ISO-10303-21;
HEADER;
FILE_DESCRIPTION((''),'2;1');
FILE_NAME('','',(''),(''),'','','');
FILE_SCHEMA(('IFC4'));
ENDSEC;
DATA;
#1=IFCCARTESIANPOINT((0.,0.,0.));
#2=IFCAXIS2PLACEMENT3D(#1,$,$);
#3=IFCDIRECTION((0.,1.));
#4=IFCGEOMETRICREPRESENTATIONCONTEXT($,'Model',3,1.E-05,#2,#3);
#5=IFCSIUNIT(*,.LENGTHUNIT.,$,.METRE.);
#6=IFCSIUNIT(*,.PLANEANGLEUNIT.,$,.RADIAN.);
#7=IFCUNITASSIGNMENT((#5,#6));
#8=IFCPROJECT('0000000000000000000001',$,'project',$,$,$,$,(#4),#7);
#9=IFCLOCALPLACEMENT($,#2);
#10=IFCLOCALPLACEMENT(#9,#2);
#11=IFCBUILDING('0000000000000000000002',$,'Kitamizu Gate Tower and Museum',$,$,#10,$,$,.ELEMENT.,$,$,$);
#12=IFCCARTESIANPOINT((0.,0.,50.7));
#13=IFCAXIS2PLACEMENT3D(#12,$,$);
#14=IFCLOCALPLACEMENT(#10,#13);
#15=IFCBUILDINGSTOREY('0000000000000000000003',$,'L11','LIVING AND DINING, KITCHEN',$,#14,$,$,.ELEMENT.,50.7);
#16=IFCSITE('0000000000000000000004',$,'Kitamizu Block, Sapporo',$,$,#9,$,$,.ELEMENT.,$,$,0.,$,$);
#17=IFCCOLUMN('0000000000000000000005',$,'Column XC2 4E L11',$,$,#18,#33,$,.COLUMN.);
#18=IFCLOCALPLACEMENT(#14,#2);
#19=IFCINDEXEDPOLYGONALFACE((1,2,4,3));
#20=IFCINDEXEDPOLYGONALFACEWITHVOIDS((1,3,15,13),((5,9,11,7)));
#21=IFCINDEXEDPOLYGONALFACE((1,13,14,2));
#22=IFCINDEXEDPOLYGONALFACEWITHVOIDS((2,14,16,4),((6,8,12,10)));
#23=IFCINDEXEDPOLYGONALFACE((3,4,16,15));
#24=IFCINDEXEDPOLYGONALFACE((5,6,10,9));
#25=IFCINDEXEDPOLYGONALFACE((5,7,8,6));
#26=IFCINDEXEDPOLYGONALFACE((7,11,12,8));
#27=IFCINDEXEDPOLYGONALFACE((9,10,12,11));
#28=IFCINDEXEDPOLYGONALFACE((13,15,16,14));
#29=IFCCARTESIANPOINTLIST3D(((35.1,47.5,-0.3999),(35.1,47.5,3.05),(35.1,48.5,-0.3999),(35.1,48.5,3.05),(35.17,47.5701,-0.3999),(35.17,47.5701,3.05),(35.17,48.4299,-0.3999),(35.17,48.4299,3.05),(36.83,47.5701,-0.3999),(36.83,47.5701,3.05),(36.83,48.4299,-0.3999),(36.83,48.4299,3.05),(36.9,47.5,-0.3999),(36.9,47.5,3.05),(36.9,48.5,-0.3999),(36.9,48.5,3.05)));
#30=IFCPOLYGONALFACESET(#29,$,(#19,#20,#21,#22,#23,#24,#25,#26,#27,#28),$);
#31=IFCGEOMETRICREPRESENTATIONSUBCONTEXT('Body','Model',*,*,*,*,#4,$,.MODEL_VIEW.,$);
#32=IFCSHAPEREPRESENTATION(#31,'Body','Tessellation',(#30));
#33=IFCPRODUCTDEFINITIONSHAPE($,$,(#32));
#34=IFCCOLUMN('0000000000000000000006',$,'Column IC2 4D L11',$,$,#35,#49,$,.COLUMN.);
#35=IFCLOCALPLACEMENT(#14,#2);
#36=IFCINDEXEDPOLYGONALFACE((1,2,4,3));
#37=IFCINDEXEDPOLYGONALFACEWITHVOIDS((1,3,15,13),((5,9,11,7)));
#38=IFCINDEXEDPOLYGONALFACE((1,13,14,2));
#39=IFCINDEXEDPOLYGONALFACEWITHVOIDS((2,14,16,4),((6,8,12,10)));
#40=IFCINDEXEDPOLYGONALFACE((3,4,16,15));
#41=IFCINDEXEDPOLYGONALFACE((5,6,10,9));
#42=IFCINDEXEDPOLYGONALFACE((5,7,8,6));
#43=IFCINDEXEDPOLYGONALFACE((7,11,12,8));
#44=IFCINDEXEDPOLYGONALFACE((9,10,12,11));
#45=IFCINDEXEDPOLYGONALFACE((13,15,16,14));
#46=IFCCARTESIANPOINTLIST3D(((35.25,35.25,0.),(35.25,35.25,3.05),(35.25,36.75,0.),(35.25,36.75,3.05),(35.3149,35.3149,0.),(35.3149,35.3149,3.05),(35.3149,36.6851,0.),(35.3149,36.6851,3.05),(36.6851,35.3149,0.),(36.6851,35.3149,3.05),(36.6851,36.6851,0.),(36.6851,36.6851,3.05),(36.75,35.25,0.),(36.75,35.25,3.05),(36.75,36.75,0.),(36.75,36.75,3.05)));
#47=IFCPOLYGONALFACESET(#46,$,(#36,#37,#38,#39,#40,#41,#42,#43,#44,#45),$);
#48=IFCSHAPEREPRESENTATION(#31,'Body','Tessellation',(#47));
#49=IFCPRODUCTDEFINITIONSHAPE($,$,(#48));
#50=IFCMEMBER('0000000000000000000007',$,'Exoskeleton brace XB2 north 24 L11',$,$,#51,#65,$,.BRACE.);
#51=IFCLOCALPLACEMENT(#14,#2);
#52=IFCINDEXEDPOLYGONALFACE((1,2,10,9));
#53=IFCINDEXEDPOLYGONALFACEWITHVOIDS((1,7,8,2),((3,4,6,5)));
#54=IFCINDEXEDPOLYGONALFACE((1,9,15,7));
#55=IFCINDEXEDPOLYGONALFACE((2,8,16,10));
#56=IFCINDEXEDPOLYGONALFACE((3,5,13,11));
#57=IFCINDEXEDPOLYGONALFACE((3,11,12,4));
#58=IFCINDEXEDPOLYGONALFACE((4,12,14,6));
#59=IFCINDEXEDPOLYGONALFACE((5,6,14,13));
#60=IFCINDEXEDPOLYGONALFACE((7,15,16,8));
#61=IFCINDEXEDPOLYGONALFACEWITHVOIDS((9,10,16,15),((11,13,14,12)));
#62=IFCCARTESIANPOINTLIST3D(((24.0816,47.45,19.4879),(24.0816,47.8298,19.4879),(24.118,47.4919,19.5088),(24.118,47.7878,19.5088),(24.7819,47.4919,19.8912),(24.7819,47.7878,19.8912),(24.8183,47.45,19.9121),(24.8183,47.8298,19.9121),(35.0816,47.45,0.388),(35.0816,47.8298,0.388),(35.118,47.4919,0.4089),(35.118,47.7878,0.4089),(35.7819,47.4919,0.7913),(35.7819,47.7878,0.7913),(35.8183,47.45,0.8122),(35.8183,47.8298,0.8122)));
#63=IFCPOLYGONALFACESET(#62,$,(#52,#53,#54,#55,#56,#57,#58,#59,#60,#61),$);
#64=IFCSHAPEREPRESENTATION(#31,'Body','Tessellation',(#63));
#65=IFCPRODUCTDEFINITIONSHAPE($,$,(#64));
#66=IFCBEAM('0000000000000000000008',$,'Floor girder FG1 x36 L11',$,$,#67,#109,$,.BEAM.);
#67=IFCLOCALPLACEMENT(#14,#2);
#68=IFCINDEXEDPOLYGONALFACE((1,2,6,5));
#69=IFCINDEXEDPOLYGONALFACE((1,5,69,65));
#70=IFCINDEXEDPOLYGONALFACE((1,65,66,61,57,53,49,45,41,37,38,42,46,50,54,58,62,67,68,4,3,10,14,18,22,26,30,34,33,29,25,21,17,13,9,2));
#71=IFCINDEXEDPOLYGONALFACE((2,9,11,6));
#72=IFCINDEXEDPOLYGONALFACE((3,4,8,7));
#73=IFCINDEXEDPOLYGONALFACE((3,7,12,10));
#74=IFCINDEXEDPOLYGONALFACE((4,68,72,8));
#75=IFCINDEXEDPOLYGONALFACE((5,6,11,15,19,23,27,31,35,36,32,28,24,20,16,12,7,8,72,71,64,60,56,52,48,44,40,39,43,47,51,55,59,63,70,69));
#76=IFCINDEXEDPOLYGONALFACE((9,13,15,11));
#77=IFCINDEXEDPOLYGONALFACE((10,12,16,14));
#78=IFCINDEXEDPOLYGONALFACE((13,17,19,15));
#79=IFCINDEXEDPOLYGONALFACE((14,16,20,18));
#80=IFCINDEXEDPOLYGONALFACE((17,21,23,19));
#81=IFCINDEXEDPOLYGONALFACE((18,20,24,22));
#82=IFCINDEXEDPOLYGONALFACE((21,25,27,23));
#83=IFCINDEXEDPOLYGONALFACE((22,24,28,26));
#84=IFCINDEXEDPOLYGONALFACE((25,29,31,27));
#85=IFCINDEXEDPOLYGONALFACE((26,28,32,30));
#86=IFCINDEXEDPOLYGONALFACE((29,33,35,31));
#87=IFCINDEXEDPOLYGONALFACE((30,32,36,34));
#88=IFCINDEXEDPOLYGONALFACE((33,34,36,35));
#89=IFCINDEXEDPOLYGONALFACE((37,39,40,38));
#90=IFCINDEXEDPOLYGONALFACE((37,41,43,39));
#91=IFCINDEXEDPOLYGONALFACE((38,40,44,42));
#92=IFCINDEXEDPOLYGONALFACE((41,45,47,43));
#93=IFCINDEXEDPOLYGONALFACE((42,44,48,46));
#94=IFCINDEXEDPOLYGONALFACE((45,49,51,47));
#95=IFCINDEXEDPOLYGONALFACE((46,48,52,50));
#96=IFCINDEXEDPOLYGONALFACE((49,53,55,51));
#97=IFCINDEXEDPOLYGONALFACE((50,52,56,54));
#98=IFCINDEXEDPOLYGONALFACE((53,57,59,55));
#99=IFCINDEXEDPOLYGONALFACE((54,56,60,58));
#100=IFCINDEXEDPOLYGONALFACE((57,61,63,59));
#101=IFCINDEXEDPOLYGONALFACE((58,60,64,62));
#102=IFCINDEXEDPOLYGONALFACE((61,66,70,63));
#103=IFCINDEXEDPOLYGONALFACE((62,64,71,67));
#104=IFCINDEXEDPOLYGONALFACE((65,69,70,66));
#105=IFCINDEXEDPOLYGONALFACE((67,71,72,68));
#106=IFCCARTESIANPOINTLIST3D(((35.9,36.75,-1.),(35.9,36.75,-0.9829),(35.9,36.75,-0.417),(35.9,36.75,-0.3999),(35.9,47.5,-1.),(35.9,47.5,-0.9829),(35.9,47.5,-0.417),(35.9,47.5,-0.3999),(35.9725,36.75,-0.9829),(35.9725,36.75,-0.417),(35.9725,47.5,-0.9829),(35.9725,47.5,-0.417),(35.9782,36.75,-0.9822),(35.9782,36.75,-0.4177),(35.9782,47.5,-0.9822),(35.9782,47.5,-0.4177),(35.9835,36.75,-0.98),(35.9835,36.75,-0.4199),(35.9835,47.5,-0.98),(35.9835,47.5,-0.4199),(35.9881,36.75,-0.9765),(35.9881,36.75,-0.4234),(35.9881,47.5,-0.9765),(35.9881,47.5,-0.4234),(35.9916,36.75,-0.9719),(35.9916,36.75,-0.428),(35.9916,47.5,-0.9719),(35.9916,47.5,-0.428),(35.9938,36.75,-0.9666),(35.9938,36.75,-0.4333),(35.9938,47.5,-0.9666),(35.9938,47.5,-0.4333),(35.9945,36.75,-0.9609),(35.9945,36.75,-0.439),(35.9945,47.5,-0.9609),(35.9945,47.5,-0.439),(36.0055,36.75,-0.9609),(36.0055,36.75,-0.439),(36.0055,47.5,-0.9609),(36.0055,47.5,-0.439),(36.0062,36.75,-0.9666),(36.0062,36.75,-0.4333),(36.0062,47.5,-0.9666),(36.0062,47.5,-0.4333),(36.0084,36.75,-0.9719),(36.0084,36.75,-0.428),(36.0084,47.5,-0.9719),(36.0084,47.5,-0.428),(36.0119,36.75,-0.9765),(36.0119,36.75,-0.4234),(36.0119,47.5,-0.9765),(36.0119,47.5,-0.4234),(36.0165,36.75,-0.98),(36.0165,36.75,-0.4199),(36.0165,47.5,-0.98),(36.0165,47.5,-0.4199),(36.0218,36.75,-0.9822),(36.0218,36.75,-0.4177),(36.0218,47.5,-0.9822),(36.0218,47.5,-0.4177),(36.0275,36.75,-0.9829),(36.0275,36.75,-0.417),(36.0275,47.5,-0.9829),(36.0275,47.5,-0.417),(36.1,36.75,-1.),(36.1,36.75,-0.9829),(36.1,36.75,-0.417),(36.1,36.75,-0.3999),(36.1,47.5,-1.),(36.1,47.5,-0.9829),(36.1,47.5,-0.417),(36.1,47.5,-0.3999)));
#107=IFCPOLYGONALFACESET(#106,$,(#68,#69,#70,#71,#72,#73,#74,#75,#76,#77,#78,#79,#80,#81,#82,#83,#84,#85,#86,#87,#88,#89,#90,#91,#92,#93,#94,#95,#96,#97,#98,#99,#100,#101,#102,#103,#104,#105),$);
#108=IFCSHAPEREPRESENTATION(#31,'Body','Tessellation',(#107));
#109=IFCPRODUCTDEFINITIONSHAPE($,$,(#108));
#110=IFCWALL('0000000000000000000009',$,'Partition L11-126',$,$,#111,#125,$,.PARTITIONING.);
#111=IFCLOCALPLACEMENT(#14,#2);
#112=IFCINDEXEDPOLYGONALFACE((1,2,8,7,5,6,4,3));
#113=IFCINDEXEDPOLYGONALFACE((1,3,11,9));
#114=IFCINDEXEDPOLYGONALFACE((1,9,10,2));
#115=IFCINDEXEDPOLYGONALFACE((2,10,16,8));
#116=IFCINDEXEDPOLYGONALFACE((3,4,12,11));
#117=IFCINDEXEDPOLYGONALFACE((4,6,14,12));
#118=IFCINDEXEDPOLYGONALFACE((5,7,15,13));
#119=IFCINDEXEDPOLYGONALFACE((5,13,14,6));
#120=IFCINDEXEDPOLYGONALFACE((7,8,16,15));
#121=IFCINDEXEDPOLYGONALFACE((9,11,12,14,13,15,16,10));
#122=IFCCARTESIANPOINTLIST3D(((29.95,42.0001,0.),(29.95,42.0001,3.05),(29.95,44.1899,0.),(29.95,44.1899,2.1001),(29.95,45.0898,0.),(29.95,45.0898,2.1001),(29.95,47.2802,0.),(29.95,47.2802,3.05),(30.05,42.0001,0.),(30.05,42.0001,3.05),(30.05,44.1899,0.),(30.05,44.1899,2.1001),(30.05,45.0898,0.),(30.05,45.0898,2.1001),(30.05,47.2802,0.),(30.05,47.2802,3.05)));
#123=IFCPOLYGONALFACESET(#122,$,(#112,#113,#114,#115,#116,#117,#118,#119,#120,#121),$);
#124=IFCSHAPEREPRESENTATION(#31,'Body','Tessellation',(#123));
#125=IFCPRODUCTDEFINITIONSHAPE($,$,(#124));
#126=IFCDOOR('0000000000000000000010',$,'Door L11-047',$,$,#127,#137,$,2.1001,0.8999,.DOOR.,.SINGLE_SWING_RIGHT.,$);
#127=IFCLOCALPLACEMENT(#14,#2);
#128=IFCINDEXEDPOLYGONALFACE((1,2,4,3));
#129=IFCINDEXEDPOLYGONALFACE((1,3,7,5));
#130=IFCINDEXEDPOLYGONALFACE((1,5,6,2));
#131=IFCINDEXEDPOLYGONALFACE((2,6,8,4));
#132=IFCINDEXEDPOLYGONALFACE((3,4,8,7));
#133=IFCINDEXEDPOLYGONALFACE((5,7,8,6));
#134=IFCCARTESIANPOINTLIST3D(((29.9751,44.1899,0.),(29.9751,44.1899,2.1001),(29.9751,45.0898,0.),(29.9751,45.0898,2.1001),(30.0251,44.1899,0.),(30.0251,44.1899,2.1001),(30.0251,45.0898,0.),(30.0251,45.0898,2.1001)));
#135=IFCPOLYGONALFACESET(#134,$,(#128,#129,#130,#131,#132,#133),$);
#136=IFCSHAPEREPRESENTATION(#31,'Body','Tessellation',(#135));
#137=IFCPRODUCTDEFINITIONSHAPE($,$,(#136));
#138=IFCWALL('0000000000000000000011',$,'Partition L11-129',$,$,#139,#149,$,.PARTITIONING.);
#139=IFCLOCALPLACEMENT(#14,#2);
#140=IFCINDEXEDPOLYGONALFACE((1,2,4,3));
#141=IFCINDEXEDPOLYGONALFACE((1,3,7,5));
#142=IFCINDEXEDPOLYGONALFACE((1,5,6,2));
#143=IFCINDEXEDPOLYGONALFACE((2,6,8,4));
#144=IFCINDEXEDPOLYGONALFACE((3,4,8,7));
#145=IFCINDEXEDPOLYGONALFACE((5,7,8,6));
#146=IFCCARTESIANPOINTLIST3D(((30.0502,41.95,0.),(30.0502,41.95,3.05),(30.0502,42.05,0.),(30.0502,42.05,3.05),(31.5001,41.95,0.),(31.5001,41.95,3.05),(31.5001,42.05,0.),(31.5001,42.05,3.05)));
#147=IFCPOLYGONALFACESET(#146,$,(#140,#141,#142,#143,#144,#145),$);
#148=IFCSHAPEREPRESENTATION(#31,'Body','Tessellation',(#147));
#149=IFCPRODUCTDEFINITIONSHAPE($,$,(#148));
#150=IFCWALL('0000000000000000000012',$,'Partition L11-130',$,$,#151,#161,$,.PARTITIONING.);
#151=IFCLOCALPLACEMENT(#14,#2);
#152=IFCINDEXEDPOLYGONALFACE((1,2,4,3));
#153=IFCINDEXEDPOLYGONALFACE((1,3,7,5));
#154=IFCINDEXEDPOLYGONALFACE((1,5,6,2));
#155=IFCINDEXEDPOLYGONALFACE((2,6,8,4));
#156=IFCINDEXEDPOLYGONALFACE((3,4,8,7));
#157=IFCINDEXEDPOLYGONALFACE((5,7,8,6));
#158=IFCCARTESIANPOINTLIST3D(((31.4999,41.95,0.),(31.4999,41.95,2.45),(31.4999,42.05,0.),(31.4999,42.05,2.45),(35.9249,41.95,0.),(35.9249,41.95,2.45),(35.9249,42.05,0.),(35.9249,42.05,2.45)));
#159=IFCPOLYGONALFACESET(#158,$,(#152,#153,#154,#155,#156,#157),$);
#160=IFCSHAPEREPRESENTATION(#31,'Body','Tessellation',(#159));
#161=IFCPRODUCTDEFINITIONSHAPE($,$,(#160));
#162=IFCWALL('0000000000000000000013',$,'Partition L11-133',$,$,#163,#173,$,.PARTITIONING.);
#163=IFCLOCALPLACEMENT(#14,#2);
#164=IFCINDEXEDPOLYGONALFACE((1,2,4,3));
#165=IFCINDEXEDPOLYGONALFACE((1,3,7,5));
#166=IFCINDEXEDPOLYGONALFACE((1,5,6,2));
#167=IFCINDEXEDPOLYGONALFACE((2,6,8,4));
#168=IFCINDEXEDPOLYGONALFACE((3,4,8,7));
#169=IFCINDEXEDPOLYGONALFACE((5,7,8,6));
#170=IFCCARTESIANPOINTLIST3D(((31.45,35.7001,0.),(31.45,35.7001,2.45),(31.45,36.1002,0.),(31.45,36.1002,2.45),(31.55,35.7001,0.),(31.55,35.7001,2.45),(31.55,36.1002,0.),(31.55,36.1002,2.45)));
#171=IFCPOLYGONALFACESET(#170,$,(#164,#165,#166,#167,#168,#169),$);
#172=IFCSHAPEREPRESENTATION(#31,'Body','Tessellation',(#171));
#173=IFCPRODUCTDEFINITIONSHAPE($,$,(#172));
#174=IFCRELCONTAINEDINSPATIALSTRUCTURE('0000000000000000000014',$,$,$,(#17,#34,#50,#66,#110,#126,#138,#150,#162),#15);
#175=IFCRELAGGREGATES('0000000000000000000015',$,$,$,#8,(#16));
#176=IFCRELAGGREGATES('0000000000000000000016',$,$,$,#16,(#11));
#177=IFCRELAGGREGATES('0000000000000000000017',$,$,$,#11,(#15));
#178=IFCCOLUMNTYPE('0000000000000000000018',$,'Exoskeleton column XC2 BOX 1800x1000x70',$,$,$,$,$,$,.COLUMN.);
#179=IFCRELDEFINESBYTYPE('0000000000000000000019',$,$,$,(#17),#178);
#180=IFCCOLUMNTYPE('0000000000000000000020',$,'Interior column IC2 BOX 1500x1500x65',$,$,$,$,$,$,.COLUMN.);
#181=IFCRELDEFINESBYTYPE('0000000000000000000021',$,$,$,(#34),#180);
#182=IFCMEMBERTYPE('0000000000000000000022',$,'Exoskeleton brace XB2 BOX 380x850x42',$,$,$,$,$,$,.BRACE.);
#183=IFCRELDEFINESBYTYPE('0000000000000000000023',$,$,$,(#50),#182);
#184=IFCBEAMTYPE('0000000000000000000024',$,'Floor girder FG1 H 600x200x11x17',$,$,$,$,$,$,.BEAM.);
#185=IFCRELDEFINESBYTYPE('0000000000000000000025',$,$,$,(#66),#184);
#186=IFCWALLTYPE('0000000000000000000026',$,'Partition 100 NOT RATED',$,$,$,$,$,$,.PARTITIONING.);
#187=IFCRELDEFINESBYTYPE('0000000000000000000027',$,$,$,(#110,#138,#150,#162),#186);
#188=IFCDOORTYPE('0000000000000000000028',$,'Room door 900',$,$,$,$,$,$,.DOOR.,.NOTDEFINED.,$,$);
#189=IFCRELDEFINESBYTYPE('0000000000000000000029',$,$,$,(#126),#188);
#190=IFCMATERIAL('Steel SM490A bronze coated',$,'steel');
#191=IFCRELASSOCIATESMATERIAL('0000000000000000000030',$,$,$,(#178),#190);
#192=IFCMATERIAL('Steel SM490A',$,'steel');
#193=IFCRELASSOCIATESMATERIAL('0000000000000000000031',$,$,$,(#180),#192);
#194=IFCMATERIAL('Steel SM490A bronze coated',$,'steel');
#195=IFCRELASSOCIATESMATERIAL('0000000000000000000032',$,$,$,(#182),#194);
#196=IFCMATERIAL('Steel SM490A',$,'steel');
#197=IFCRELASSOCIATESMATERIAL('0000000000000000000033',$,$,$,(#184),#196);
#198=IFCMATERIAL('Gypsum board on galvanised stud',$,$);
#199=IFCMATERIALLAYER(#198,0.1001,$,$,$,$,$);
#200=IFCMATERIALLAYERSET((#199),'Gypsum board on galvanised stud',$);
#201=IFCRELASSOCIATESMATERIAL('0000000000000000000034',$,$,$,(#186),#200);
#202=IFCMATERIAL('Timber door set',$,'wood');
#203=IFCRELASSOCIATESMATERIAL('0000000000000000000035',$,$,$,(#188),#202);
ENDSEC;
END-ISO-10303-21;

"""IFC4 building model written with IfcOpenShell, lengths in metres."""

from ifc_helpers import new_model, si_unit, direction, frame, frame_2d, origin, origin_2d, place, context, subcontext, project, spatial, rectangle, hollow_rectangle, i_section, extrude, material, layer, layer_set, material_profile, profile_set, type_object, element, fill, save


model = new_model("IFC4")

# Units and contexts
model_context = context("Model", 3, precision=1e-05, world=origin(), true_north=direction((0.0, 1.0)))
body_context = subcontext(model_context, "Body", "Model", "MODEL_VIEW")
ifc_project = project(units=[si_unit("LENGTHUNIT", "METRE"), si_unit("PLANEANGLEUNIT", "RADIAN")], contexts=[model_context])

# Site, building, storey
site_placement = place(None, origin())
site = spatial("IfcSite", under=ifc_project, at=site_placement, Name="Kitamizu Block, Sapporo", CompositionType="ELEMENT", RefElevation=0.0)
building_placement = place(site_placement, origin())
building = spatial("IfcBuilding", under=site, at=building_placement, Name="Kitamizu Gate Tower and Museum", CompositionType="ELEMENT")
storey_placement = place(building_placement, frame((0.0, 0.0, 50.7)))
storey = spatial("IfcBuildingStorey", under=building, at=storey_placement, Name="L11", Description="LIVING AND DINING, KITCHEN", CompositionType="ELEMENT", Elevation=50.7)

# Columns
ifc_material_1 = material(Name="Steel SM490A bronze coated", Category="steel")
ifc_material_profile_1 = material_profile(ifc_material_1, hollow_rectangle(XDim=1.8, YDim=1.0, WallThickness=0.0701, at=origin_2d()), Name="BOX 1800x1000x70")
ifc_profile_set_1 = profile_set([ifc_material_profile_1], Name="Steel SM490A bronze coated")
column_type_1 = type_object("IfcColumnType", Name="Exoskeleton column XC2 BOX 1800x1000x70", PredefinedType="COLUMN", material=ifc_profile_set_1)
column_1_placement = place(storey_placement, frame((36.0, 48.0, -0.3999), z_axis=(0.0, 0.0, 1.0), x_axis=(1.0, 0.0, 0.0)))
element("IfcColumn", 1, at=column_1_placement, inside=storey, type_object=column_type_1, Name="Column XC2 4E L11", PredefinedType="COLUMN", context=body_context, shape_type="SweptSolid", body=[
    extrude(hollow_rectangle(XDim=1.8, YDim=1.0, WallThickness=0.0701, at=origin_2d()), origin(), (0.0, 0.0, 1.0), 3.45),
])
ifc_material_2 = material(Name="Steel SM490A", Category="steel")
ifc_material_profile_2 = material_profile(ifc_material_2, hollow_rectangle(XDim=1.5, YDim=1.5, WallThickness=0.0649, at=origin_2d()), Name="BOX 1500x1500x65")
ifc_profile_set_2 = profile_set([ifc_material_profile_2], Name="Steel SM490A")
column_type_2 = type_object("IfcColumnType", Name="Interior column IC2 BOX 1500x1500x65", PredefinedType="COLUMN", material=ifc_profile_set_2)
column_2_placement = place(storey_placement, frame((36.0, 36.0, 0.0), z_axis=(0.0, 0.0, 1.0), x_axis=(1.0, 0.0, 0.0)))
element("IfcColumn", 2, at=column_2_placement, inside=storey, type_object=column_type_2, Name="Column IC2 4D L11", PredefinedType="COLUMN", context=body_context, shape_type="SweptSolid", body=[
    extrude(hollow_rectangle(XDim=1.5, YDim=1.5, WallThickness=0.0649, at=origin_2d()), origin(), (0.0, 0.0, 1.0), 3.05),
])

# Member
ifc_material_3 = material(Name="Steel SM490A bronze coated", Category="steel")
ifc_material_profile_3 = material_profile(ifc_material_3, hollow_rectangle(XDim=0.3799, YDim=0.8501, WallThickness=0.042, at=origin_2d()), Name="BOX 380x850x42")
ifc_profile_set_3 = profile_set([ifc_material_profile_3], Name="Steel SM490A bronze coated")
member_type = type_object("IfcMemberType", Name="Exoskeleton brace XB2 BOX 380x850x42", PredefinedType="BRACE", material=ifc_profile_set_3)
member_placement = place(storey_placement, frame((35.45, 47.6399, 0.6001), z_axis=(-0.499071, 0.0, 0.866561), x_axis=(0.0, -1.0, 0.0)))
element("IfcMember", 3, at=member_placement, inside=storey, type_object=member_type, Name="Exoskeleton brace XB2 north 24 L11", PredefinedType="BRACE", context=body_context, shape_type="SweptSolid", body=[
    extrude(hollow_rectangle(XDim=0.3799, YDim=0.8501, WallThickness=0.042, at=origin_2d()), origin(), (0.0, 0.0, 1.0), 22.041),
])

# Beam
ifc_material_4 = material(Name="Steel SM490A", Category="steel")
ifc_material_profile_4 = material_profile(ifc_material_4, i_section(OverallWidth=0.2, OverallDepth=0.6001, WebThickness=0.011, FlangeThickness=0.0171, FilletRadius=0.022, at=origin_2d()), Name="H-600x200x11x17")
ifc_profile_set_4 = profile_set([ifc_material_profile_4], Name="Steel SM490A")
beam_type = type_object("IfcBeamType", Name="Floor girder FG1 H 600x200x11x17", PredefinedType="BEAM", material=ifc_profile_set_4)
beam_placement = place(storey_placement, frame((36.0, 36.75, -0.7), z_axis=(0.0, 1.0, 0.0), x_axis=(-1.0, 0.0, 0.0)))
element("IfcBeam", 4, at=beam_placement, inside=storey, type_object=beam_type, Name="Floor girder FG1 x36 L11", PredefinedType="BEAM", context=body_context, shape_type="SweptSolid", body=[
    extrude(i_section(OverallWidth=0.2, OverallDepth=0.6001, WebThickness=0.011, FlangeThickness=0.0171, FilletRadius=0.022, at=origin_2d()), origin(), (0.0, 0.0, 1.0), 10.75),
])

# Wall, opening, door
ifc_material_5 = material(Name="Gypsum board on galvanised stud")
ifc_layer_1 = layer(ifc_material_5, 0.1001)
ifc_layer_set_1 = layer_set([ifc_layer_1], Name="Gypsum board on galvanised stud")
wall_type_1 = type_object("IfcWallType", Name="Partition 100 NOT RATED", PredefinedType="PARTITIONING", material=ifc_layer_set_1)
wall_1_placement = place(storey_placement, frame((30.0, 42.0, 0.0), z_axis=(0.0, 0.0, 1.0), x_axis=(0.0, 1.0, 0.0)))
wall_1 = element("IfcWall", 5, at=wall_1_placement, inside=storey, type_object=wall_type_1, Name="Partition L11-126", PredefinedType="PARTITIONING", context=body_context, shape_type="SweptSolid", body=[
    extrude(rectangle(XDim=5.28, YDim=0.1001, at=frame_2d((2.6401, 0.0))), origin(), (0.0, 0.0, 1.0), 3.05),
])
opening_1_placement = place(wall_1_placement, frame((2.1899, 0.0, 0.0)))
opening_1 = element("IfcOpeningElement", 6, at=opening_1_placement, cuts=wall_1, PredefinedType="OPENING", context=body_context, shape_type="SweptSolid", body=[
    extrude(rectangle(XDim=0.8999, YDim=2.1001, at=frame_2d((0.45, 1.05))), frame((0.0, 0.0601, 0.0), z_axis=(0.0, -1.0, 0.0), x_axis=(1.0, 0.0, 0.0)), (0.0, 0.0, 1.0), 0.1201),
])
ifc_material_6 = material(Name="Timber door set", Category="wood")
door_type_1 = type_object("IfcDoorType", Name="Room door 900", OperationType="NOTDEFINED", PredefinedType="DOOR", material=ifc_material_6)
door_1_placement = place(opening_1_placement, origin())
door_1 = element("IfcDoor", 7, at=door_1_placement, inside=storey, type_object=door_type_1, Name="Door L11-047", OperationType="SINGLE_SWING_RIGHT", OverallHeight=2.1001, OverallWidth=0.8999, PredefinedType="DOOR", context=body_context, shape_type="SweptSolid", body=[
    extrude(rectangle(XDim=0.8999, YDim=2.1001, at=frame_2d((0.45, 1.05))), frame((0.0, 0.0249, 0.0), z_axis=(0.0, -1.0, 0.0), x_axis=(1.0, 0.0, 0.0)), (0.0, 0.0, 1.0), 0.05),
])
fill(opening_1, door_1)

# Walls
wall_2_placement = place(storey_placement, frame((30.05, 42.0, 0.0), z_axis=(0.0, 0.0, 1.0), x_axis=(1.0, 0.0, 0.0)))
element("IfcWall", 8, at=wall_2_placement, inside=storey, type_object=wall_type_1, Name="Partition L11-129", PredefinedType="PARTITIONING", context=body_context, shape_type="SweptSolid", body=[
    extrude(rectangle(XDim=1.45, YDim=0.1001, at=frame_2d((0.7251, 0.0))), origin(), (0.0, 0.0, 1.0), 3.05),
])
wall_3_placement = place(storey_placement, frame((31.5, 42.0, 0.0), z_axis=(0.0, 0.0, 1.0), x_axis=(1.0, 0.0, 0.0)))
element("IfcWall", 9, at=wall_3_placement, inside=storey, type_object=wall_type_1, Name="Partition L11-130", PredefinedType="PARTITIONING", context=body_context, shape_type="SweptSolid", body=[
    extrude(rectangle(XDim=4.425, YDim=0.1001, at=frame_2d((2.2124, 0.0))), origin(), (0.0, 0.0, 1.0), 2.45),
])
wall_4_placement = place(storey_placement, frame((31.5, 35.7, 0.0), z_axis=(0.0, 0.0, 1.0), x_axis=(0.0, 1.0, 0.0)))
element("IfcWall", 10, at=wall_4_placement, inside=storey, type_object=wall_type_1, Name="Partition L11-133", PredefinedType="PARTITIONING", context=body_context, shape_type="SweptSolid", body=[
    extrude(rectangle(XDim=0.4001, YDim=0.1001, at=frame_2d((0.2002, 0.0))), origin(), (0.0, 0.0, 1.0), 2.45),
])

save(model, "model.ifc")
